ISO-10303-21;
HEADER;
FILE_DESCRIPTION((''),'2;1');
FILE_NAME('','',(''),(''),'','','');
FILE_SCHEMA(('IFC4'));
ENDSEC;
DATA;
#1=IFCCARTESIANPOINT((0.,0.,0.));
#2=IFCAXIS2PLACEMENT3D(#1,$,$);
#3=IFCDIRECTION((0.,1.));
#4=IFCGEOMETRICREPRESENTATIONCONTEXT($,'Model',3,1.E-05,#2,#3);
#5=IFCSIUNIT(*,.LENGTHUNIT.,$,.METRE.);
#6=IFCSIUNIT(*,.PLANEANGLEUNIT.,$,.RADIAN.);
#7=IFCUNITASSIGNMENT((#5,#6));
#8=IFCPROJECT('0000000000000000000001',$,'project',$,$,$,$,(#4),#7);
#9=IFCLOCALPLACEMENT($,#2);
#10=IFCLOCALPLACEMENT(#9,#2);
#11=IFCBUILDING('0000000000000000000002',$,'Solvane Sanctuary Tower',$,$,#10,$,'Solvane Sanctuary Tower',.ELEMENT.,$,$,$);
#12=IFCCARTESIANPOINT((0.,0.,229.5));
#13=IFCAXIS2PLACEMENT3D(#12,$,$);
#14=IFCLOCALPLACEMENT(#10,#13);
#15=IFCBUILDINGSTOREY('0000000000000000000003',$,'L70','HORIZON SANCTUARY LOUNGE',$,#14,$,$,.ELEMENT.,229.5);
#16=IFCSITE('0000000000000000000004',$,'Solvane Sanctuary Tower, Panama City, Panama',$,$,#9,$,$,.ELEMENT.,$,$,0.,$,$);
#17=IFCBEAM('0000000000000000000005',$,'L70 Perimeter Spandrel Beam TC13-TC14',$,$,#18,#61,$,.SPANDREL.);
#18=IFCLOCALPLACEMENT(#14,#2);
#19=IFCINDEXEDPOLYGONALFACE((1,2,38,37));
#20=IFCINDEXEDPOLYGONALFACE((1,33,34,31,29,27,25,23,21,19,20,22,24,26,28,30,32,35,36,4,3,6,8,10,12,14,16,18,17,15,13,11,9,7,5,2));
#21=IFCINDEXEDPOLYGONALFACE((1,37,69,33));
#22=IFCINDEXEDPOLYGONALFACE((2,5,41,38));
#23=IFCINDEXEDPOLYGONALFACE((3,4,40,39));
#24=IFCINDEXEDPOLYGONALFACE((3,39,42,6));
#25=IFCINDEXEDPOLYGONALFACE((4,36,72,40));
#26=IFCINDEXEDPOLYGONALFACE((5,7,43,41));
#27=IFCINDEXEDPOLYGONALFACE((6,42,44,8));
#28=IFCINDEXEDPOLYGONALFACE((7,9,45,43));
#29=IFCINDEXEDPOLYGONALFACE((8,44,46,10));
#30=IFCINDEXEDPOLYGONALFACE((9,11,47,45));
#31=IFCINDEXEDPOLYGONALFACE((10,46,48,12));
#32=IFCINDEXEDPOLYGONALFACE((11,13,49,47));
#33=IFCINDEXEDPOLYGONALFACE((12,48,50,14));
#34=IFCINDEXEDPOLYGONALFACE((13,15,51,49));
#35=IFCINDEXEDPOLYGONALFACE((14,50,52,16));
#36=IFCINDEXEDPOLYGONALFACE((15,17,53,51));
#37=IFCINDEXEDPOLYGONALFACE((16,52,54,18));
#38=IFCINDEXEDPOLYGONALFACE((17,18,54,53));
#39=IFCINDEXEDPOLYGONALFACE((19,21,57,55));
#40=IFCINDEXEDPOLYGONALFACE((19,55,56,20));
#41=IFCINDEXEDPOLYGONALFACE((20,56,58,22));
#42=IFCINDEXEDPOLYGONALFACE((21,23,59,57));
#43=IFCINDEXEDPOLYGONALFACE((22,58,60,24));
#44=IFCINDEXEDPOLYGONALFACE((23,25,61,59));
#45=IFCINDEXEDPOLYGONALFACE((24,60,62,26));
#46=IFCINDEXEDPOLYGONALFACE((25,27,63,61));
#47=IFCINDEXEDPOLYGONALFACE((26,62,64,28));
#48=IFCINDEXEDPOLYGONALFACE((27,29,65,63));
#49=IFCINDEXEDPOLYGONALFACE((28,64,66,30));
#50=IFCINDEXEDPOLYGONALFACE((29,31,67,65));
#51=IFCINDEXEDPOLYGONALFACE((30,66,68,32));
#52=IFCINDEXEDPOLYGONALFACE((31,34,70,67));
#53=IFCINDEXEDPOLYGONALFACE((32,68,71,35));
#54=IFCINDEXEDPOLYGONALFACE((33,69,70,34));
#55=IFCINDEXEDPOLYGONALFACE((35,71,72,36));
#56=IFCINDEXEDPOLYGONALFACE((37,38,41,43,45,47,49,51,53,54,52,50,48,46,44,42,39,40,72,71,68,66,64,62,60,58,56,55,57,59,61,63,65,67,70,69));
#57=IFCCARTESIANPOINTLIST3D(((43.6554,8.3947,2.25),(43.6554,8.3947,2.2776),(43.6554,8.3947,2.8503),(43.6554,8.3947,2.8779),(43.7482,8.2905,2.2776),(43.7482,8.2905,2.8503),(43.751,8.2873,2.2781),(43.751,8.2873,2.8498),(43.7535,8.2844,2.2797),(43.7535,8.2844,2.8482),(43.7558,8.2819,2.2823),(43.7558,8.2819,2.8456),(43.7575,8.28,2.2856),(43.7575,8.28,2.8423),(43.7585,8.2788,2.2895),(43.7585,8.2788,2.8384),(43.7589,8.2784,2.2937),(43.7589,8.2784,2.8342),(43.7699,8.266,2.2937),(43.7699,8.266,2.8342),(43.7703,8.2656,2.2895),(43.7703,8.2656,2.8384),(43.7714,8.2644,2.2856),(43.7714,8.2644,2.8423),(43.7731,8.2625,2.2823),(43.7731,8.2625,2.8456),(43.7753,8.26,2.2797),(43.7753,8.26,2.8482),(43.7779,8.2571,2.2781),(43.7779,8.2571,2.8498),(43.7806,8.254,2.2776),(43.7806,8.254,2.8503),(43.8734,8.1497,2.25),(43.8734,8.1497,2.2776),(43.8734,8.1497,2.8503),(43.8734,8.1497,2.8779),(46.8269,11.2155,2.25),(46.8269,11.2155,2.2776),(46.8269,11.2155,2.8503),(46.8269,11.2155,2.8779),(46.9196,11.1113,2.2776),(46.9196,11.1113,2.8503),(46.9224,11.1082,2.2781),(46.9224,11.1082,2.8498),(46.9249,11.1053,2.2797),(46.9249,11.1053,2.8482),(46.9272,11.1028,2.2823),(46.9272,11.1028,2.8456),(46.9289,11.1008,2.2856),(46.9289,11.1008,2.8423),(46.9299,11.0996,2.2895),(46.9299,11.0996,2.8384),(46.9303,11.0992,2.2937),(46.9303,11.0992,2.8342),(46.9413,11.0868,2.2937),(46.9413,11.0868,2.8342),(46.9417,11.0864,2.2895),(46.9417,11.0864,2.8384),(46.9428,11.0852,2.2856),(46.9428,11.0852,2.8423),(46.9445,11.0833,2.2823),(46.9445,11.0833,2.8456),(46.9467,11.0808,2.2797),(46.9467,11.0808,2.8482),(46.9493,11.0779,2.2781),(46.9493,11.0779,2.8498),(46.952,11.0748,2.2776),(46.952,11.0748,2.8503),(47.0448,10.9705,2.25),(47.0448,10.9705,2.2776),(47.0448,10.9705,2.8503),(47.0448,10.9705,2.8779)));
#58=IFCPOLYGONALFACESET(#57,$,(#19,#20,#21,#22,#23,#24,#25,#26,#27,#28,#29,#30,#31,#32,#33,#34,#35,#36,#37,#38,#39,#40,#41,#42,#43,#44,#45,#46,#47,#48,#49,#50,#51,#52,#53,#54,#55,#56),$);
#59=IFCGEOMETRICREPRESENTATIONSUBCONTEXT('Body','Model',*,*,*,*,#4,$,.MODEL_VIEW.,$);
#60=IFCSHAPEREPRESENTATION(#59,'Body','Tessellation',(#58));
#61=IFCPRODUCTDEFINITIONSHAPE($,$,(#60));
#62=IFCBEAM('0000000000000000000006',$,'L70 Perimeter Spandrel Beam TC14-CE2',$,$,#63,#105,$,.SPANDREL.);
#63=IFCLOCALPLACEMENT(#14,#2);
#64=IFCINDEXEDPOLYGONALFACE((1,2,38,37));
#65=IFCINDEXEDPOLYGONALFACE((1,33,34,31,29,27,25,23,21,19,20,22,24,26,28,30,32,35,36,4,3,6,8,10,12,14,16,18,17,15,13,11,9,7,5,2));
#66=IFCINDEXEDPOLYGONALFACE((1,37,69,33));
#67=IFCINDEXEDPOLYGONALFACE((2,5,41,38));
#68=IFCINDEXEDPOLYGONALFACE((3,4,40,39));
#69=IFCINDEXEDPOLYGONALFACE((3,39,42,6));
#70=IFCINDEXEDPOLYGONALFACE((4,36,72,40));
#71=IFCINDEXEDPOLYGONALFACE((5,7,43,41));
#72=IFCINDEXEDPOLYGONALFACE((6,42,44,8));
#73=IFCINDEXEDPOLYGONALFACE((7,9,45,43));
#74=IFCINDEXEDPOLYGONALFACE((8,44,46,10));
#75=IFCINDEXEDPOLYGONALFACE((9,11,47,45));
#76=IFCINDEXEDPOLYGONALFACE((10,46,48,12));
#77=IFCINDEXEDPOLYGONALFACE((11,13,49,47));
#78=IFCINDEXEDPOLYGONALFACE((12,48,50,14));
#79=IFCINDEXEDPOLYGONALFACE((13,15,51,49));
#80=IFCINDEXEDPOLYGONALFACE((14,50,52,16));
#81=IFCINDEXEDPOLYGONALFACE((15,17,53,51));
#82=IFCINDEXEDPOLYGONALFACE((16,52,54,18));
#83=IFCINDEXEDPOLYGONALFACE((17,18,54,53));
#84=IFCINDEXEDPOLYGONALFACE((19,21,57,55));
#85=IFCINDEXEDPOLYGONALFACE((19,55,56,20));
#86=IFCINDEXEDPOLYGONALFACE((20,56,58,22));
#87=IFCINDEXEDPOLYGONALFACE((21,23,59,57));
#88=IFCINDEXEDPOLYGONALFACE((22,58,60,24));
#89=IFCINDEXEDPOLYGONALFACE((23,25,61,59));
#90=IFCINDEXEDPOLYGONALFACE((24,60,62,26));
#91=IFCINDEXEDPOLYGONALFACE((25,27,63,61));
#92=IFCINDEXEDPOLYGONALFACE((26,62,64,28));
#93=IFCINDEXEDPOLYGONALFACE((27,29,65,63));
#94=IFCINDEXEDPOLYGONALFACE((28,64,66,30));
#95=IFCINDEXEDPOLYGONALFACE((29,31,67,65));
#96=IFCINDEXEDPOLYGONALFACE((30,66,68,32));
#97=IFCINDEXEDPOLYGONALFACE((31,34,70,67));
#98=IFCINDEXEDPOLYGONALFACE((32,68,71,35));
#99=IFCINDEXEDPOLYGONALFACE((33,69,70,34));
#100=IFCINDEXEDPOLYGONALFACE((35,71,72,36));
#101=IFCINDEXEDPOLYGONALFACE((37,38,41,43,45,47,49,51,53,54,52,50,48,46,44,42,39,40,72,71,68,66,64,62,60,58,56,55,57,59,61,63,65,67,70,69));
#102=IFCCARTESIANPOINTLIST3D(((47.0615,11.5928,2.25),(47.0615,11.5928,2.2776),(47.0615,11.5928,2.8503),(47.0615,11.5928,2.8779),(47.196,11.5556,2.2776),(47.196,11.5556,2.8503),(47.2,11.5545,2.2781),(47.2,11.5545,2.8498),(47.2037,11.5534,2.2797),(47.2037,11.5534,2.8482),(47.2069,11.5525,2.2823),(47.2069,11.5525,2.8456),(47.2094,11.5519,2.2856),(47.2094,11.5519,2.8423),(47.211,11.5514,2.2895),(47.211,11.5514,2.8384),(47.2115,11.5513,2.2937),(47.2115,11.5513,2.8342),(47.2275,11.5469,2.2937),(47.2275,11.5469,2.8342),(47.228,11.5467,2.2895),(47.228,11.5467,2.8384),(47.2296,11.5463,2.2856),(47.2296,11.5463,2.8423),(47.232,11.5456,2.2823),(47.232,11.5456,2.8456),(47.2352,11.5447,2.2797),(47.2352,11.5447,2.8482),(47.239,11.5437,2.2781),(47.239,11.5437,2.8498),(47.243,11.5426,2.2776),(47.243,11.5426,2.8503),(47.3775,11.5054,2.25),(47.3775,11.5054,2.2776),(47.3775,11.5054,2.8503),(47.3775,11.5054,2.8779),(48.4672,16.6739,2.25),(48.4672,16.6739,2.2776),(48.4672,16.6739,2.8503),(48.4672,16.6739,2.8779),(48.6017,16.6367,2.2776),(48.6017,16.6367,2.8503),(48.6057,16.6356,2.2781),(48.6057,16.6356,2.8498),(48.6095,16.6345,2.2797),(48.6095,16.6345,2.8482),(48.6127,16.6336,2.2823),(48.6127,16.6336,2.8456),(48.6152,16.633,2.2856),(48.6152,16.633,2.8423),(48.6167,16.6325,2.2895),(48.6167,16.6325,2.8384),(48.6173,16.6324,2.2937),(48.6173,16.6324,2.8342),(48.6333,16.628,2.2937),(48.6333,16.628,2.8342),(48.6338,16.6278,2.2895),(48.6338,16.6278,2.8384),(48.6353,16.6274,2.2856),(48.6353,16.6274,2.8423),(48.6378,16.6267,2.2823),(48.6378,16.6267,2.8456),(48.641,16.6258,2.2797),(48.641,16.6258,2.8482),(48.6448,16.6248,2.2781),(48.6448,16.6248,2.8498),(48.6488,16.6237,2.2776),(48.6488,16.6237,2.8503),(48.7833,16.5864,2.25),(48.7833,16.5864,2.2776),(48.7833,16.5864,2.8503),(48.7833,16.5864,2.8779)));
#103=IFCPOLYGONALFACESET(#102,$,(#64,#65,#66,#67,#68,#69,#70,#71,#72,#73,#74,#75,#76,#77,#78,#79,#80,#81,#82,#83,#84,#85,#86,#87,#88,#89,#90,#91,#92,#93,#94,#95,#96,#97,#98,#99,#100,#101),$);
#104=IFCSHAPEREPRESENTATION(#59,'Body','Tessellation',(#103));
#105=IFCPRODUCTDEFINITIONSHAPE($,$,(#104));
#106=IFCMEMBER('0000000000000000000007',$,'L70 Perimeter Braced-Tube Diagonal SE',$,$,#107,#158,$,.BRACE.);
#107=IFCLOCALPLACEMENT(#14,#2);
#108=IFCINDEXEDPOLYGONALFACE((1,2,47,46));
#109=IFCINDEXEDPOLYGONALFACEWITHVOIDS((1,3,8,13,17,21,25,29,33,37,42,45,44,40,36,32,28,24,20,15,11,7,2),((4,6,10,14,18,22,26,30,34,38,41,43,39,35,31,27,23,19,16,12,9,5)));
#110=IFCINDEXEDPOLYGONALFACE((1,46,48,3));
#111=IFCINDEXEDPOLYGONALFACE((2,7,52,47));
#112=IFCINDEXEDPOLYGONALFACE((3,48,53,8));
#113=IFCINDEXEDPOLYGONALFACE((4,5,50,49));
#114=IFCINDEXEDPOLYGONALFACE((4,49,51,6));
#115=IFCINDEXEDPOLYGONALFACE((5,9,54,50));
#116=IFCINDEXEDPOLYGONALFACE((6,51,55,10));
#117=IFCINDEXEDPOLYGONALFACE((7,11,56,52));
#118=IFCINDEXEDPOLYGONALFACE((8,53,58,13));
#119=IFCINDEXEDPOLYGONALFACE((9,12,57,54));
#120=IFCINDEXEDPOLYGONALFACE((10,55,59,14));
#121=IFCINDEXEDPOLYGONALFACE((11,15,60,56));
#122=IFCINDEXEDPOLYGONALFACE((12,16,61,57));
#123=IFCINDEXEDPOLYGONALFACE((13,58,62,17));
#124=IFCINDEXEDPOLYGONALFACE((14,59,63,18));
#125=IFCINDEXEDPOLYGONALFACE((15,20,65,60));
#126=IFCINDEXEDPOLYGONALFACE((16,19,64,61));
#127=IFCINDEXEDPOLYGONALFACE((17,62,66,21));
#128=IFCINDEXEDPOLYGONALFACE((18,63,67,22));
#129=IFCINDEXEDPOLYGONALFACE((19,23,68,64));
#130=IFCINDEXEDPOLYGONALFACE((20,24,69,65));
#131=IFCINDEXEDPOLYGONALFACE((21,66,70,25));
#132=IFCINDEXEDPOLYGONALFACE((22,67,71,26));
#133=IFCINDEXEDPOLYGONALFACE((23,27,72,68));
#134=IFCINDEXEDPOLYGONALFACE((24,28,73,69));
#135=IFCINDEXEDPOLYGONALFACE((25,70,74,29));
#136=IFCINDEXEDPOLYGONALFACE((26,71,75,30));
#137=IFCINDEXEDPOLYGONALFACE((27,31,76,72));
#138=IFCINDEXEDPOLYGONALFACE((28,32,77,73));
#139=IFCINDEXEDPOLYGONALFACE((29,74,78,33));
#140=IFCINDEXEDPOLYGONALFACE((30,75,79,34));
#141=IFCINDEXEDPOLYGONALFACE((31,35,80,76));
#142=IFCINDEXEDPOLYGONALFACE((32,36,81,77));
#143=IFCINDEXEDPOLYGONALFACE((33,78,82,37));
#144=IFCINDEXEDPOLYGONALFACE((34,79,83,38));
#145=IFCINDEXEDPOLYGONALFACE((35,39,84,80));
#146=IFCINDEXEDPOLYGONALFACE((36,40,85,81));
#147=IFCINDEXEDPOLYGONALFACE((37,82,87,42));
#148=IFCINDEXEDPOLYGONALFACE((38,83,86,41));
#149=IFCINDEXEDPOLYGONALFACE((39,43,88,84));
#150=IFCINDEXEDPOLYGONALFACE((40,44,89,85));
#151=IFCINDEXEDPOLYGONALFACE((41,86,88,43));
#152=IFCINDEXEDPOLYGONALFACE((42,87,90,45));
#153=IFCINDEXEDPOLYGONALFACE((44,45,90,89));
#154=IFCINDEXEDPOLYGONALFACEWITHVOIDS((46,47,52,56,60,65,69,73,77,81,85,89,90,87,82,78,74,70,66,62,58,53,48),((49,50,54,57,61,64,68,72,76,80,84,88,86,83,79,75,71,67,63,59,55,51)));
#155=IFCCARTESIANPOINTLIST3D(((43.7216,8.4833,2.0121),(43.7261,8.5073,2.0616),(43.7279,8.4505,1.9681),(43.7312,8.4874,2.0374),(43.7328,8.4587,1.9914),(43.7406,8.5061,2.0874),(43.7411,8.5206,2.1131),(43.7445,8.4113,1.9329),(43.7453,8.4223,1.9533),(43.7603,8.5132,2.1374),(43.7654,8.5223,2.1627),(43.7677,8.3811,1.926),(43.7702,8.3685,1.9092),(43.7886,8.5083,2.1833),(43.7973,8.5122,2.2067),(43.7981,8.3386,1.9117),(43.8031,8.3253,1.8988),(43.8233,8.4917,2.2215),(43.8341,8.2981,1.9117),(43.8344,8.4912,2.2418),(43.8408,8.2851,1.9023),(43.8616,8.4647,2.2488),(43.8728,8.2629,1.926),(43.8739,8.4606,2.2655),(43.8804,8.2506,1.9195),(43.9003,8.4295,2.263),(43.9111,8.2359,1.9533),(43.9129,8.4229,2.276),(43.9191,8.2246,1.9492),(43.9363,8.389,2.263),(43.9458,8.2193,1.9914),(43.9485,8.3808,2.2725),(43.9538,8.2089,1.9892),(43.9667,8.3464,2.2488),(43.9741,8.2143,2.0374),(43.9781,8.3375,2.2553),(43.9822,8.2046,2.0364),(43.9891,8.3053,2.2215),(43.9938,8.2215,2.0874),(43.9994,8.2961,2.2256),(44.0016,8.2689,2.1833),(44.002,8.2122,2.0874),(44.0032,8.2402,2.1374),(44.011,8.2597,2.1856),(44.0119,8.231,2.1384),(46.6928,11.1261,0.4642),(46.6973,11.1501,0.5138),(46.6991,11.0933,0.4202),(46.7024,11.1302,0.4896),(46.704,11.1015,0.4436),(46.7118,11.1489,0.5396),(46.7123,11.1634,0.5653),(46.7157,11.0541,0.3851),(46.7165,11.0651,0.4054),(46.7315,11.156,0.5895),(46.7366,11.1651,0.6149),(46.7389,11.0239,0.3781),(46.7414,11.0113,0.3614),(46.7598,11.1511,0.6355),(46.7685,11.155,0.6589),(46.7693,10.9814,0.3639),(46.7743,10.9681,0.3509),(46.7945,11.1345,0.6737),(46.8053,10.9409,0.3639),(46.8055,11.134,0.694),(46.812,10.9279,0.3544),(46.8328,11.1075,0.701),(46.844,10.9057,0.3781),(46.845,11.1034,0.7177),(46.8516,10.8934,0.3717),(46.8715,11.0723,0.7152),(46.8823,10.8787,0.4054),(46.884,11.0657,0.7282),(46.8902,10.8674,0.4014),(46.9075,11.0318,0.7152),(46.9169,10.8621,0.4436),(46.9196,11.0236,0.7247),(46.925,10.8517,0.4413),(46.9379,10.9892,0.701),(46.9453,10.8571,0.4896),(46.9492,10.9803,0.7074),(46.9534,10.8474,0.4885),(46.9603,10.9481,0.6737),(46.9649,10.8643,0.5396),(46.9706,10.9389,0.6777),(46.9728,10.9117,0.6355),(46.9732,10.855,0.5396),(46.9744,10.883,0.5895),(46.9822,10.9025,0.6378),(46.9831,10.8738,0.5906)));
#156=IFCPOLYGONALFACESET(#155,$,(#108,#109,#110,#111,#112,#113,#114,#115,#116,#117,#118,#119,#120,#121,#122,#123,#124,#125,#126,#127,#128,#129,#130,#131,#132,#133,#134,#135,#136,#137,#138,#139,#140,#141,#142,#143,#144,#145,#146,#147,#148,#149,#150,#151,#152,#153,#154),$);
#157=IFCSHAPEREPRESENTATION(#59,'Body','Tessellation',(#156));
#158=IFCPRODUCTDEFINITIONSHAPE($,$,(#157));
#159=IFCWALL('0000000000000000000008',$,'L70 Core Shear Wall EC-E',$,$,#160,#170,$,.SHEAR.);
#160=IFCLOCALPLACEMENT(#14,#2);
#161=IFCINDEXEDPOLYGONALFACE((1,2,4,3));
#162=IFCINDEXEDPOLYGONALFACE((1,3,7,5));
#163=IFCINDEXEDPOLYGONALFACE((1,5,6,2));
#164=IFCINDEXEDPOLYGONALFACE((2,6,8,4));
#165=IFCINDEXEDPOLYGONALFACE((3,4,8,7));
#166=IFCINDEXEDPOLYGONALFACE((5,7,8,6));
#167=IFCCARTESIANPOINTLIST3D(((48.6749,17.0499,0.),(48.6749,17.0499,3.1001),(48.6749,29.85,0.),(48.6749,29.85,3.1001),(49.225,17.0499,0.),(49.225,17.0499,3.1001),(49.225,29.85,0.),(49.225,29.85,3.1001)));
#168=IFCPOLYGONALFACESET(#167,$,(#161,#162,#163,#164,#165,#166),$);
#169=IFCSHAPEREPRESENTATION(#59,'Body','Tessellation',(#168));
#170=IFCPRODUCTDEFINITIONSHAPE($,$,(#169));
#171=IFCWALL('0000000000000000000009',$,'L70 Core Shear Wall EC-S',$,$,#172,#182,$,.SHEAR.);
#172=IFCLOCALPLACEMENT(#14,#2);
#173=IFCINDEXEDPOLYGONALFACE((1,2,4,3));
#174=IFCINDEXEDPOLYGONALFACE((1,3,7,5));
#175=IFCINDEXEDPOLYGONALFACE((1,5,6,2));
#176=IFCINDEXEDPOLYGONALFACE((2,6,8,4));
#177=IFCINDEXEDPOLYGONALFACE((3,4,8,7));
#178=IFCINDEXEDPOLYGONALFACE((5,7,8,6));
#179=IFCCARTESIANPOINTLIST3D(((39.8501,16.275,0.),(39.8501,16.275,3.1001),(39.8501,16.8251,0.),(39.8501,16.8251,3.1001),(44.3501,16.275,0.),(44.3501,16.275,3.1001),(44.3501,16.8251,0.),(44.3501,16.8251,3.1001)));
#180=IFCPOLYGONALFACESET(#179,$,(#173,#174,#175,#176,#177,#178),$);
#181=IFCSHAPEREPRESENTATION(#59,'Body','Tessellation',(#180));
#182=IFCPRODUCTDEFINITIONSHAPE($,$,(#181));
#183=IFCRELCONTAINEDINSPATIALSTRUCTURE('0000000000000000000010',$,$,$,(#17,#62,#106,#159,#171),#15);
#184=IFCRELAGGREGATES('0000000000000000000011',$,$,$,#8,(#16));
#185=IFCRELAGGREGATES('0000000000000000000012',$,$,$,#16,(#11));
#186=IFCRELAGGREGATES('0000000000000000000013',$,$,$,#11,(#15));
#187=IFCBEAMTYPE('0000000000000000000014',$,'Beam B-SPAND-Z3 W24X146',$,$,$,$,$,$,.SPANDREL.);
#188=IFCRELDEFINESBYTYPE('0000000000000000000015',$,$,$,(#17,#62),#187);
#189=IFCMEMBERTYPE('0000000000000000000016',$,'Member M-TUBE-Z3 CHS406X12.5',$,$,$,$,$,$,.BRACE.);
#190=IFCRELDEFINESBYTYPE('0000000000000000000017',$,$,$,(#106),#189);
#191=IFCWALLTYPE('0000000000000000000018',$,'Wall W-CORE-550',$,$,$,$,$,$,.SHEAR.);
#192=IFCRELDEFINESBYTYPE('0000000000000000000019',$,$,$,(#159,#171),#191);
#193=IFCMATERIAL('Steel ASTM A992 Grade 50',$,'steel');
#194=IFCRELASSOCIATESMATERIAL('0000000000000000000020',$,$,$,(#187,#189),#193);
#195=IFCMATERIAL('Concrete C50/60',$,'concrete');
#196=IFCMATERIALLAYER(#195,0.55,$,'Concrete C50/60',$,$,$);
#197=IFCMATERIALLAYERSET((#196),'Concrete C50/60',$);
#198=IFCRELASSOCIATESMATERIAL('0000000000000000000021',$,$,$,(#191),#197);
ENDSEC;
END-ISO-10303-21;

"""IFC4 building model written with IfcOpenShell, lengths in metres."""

from ifc_helpers import new_model, si_unit, direction, frame, frame_2d, origin, origin_2d, place, context, subcontext, project, spatial, rectangle, hollow_circle, i_section, extrude, material, layer, layer_set, material_profile, profile_set, type_object, element, save


model = new_model("IFC4")

# Units and contexts
model_context = context("Model", 3, precision=1e-05, world=origin(), true_north=direction((0.0, 1.0)))
body_context = subcontext(model_context, "Body", "Model", "MODEL_VIEW")
ifc_project = project(units=[si_unit("LENGTHUNIT", "METRE"), si_unit("PLANEANGLEUNIT", "RADIAN")], contexts=[model_context])

# Site, building, storey
site_placement = place(None, origin())
site = spatial("IfcSite", under=ifc_project, at=site_placement, Name="Solvane Sanctuary Tower, Panama City, Panama", CompositionType="ELEMENT", RefElevation=0.0)
building_placement = place(site_placement, origin())
building = spatial("IfcBuilding", under=site, at=building_placement, Name="Solvane Sanctuary Tower", LongName="Solvane Sanctuary Tower", CompositionType="ELEMENT")
storey_placement = place(building_placement, frame((0.0, 0.0, 229.5)))
storey = spatial("IfcBuildingStorey", under=building, at=storey_placement, Name="L70", Description="HORIZON SANCTUARY LOUNGE", CompositionType="ELEMENT", Elevation=229.5)

# Shared definitions
ifc_material_1 = material(Name="Concrete C50/60", Category="concrete")

# Beams
ifc_material_2 = material(Name="Steel ASTM A992 Grade 50", Category="steel")
ifc_material_profile_1 = material_profile(ifc_material_2, i_section(OverallWidth=0.3279, OverallDepth=0.6279, WebThickness=0.0166, FlangeThickness=0.0276, FilletRadius=0.0161, at=origin_2d()), Name="W24X146")
ifc_profile_set_1 = profile_set([ifc_material_profile_1], Name="Steel ASTM A992 Grade 50")
beam_type_1 = type_object("IfcBeamType", Name="Beam B-SPAND-Z3 W24X146", PredefinedType="SPANDREL", material=ifc_profile_set_1)
beam_1_placement = place(storey_placement, frame((43.7644, 8.2722, 2.564), z_axis=(0.7472, 0.664599, 0.0), x_axis=(-0.664599, 0.7472, 0.0)))
element("IfcBeam", 1, at=beam_1_placement, inside=storey, type_object=beam_type_1, Name="L70 Perimeter Spandrel Beam TC13-TC14", PredefinedType="SPANDREL", context=body_context, shape_type="SweptSolid", body=[
    extrude(i_section(OverallWidth=0.3279, OverallDepth=0.6279, WebThickness=0.0166, FlangeThickness=0.0276, FilletRadius=0.0161, at=origin_2d()), origin(), (0.0, 0.0, 1.0), 4.2444),
])
beam_2_placement = place(storey_placement, frame((47.2195, 11.5491, 2.564), z_axis=(0.26665, 0.963793, 0.0), x_axis=(-0.963793, 0.26665, 0.0)))
element("IfcBeam", 2, at=beam_2_placement, inside=storey, type_object=beam_type_1, Name="L70 Perimeter Spandrel Beam TC14-CE2", PredefinedType="SPANDREL", context=body_context, shape_type="SweptSolid", body=[
    extrude(i_section(OverallWidth=0.3279, OverallDepth=0.6279, WebThickness=0.0166, FlangeThickness=0.0276, FilletRadius=0.0161, at=origin_2d()), origin(), (0.0, 0.0, 1.0), 5.272),
])

# Member
ifc_material_profile_2 = material_profile(ifc_material_2, hollow_circle(Radius=0.2029, WallThickness=0.0125, at=origin_2d()), Name="CHS406X12.5")
ifc_profile_set_2 = profile_set([ifc_material_profile_2], Name="Steel ASTM A992 Grade 50")
member_type = type_object("IfcMemberType", Name="Member M-TUBE-Z3 CHS406X12.5", PredefinedType="BRACE", material=ifc_profile_set_2)
member_placement = place(storey_placement, frame((46.8384, 11.0066, 0.5396), z_axis=(-0.696299, -0.619345, 0.362739), x_axis=(0.664612, -0.747189, 0.0)))
element("IfcMember", 3, at=member_placement, inside=storey, type_object=member_type, Name="L70 Perimeter Braced-Tube Diagonal SE", PredefinedType="BRACE", context=body_context, shape_type="SweptSolid", body=[
    extrude(hollow_circle(Radius=0.2029, WallThickness=0.0125, at=origin_2d()), origin(), (0.0, 0.0, 1.0), 4.2671),
])

# Walls
ifc_layer_1 = layer(ifc_material_1, 0.55, Name="Concrete C50/60")
ifc_layer_set_1 = layer_set([ifc_layer_1], Name="Concrete C50/60")
wall_type_1 = type_object("IfcWallType", Name="Wall W-CORE-550", PredefinedType="SHEAR", material=ifc_layer_set_1)
wall_1_placement = place(storey_placement, frame((48.95, 17.05, 0.0), z_axis=(0.0, 0.0, 1.0), x_axis=(0.0, 1.0, 0.0)))
element("IfcWall", 4, at=wall_1_placement, inside=storey, type_object=wall_type_1, Name="L70 Core Shear Wall EC-E", PredefinedType="SHEAR", context=body_context, shape_type="SweptSolid", body=[
    extrude(rectangle(XDim=12.8, YDim=0.55, at=frame_2d((6.3999, 0.0))), origin(), (0.0, 0.0, 1.0), 3.1001),
])
wall_2_placement = place(storey_placement, frame((39.8501, 16.55, 0.0), z_axis=(0.0, 0.0, 1.0), x_axis=(1.0, 0.0, 0.0)))
element("IfcWall", 5, at=wall_2_placement, inside=storey, type_object=wall_type_1, Name="L70 Core Shear Wall EC-S", PredefinedType="SHEAR", context=body_context, shape_type="SweptSolid", body=[
    extrude(rectangle(XDim=4.5, YDim=0.55, at=frame_2d((2.25, 0.0))), origin(), (0.0, 0.0, 1.0), 3.1001),
])

save(model, "model.ifc")
